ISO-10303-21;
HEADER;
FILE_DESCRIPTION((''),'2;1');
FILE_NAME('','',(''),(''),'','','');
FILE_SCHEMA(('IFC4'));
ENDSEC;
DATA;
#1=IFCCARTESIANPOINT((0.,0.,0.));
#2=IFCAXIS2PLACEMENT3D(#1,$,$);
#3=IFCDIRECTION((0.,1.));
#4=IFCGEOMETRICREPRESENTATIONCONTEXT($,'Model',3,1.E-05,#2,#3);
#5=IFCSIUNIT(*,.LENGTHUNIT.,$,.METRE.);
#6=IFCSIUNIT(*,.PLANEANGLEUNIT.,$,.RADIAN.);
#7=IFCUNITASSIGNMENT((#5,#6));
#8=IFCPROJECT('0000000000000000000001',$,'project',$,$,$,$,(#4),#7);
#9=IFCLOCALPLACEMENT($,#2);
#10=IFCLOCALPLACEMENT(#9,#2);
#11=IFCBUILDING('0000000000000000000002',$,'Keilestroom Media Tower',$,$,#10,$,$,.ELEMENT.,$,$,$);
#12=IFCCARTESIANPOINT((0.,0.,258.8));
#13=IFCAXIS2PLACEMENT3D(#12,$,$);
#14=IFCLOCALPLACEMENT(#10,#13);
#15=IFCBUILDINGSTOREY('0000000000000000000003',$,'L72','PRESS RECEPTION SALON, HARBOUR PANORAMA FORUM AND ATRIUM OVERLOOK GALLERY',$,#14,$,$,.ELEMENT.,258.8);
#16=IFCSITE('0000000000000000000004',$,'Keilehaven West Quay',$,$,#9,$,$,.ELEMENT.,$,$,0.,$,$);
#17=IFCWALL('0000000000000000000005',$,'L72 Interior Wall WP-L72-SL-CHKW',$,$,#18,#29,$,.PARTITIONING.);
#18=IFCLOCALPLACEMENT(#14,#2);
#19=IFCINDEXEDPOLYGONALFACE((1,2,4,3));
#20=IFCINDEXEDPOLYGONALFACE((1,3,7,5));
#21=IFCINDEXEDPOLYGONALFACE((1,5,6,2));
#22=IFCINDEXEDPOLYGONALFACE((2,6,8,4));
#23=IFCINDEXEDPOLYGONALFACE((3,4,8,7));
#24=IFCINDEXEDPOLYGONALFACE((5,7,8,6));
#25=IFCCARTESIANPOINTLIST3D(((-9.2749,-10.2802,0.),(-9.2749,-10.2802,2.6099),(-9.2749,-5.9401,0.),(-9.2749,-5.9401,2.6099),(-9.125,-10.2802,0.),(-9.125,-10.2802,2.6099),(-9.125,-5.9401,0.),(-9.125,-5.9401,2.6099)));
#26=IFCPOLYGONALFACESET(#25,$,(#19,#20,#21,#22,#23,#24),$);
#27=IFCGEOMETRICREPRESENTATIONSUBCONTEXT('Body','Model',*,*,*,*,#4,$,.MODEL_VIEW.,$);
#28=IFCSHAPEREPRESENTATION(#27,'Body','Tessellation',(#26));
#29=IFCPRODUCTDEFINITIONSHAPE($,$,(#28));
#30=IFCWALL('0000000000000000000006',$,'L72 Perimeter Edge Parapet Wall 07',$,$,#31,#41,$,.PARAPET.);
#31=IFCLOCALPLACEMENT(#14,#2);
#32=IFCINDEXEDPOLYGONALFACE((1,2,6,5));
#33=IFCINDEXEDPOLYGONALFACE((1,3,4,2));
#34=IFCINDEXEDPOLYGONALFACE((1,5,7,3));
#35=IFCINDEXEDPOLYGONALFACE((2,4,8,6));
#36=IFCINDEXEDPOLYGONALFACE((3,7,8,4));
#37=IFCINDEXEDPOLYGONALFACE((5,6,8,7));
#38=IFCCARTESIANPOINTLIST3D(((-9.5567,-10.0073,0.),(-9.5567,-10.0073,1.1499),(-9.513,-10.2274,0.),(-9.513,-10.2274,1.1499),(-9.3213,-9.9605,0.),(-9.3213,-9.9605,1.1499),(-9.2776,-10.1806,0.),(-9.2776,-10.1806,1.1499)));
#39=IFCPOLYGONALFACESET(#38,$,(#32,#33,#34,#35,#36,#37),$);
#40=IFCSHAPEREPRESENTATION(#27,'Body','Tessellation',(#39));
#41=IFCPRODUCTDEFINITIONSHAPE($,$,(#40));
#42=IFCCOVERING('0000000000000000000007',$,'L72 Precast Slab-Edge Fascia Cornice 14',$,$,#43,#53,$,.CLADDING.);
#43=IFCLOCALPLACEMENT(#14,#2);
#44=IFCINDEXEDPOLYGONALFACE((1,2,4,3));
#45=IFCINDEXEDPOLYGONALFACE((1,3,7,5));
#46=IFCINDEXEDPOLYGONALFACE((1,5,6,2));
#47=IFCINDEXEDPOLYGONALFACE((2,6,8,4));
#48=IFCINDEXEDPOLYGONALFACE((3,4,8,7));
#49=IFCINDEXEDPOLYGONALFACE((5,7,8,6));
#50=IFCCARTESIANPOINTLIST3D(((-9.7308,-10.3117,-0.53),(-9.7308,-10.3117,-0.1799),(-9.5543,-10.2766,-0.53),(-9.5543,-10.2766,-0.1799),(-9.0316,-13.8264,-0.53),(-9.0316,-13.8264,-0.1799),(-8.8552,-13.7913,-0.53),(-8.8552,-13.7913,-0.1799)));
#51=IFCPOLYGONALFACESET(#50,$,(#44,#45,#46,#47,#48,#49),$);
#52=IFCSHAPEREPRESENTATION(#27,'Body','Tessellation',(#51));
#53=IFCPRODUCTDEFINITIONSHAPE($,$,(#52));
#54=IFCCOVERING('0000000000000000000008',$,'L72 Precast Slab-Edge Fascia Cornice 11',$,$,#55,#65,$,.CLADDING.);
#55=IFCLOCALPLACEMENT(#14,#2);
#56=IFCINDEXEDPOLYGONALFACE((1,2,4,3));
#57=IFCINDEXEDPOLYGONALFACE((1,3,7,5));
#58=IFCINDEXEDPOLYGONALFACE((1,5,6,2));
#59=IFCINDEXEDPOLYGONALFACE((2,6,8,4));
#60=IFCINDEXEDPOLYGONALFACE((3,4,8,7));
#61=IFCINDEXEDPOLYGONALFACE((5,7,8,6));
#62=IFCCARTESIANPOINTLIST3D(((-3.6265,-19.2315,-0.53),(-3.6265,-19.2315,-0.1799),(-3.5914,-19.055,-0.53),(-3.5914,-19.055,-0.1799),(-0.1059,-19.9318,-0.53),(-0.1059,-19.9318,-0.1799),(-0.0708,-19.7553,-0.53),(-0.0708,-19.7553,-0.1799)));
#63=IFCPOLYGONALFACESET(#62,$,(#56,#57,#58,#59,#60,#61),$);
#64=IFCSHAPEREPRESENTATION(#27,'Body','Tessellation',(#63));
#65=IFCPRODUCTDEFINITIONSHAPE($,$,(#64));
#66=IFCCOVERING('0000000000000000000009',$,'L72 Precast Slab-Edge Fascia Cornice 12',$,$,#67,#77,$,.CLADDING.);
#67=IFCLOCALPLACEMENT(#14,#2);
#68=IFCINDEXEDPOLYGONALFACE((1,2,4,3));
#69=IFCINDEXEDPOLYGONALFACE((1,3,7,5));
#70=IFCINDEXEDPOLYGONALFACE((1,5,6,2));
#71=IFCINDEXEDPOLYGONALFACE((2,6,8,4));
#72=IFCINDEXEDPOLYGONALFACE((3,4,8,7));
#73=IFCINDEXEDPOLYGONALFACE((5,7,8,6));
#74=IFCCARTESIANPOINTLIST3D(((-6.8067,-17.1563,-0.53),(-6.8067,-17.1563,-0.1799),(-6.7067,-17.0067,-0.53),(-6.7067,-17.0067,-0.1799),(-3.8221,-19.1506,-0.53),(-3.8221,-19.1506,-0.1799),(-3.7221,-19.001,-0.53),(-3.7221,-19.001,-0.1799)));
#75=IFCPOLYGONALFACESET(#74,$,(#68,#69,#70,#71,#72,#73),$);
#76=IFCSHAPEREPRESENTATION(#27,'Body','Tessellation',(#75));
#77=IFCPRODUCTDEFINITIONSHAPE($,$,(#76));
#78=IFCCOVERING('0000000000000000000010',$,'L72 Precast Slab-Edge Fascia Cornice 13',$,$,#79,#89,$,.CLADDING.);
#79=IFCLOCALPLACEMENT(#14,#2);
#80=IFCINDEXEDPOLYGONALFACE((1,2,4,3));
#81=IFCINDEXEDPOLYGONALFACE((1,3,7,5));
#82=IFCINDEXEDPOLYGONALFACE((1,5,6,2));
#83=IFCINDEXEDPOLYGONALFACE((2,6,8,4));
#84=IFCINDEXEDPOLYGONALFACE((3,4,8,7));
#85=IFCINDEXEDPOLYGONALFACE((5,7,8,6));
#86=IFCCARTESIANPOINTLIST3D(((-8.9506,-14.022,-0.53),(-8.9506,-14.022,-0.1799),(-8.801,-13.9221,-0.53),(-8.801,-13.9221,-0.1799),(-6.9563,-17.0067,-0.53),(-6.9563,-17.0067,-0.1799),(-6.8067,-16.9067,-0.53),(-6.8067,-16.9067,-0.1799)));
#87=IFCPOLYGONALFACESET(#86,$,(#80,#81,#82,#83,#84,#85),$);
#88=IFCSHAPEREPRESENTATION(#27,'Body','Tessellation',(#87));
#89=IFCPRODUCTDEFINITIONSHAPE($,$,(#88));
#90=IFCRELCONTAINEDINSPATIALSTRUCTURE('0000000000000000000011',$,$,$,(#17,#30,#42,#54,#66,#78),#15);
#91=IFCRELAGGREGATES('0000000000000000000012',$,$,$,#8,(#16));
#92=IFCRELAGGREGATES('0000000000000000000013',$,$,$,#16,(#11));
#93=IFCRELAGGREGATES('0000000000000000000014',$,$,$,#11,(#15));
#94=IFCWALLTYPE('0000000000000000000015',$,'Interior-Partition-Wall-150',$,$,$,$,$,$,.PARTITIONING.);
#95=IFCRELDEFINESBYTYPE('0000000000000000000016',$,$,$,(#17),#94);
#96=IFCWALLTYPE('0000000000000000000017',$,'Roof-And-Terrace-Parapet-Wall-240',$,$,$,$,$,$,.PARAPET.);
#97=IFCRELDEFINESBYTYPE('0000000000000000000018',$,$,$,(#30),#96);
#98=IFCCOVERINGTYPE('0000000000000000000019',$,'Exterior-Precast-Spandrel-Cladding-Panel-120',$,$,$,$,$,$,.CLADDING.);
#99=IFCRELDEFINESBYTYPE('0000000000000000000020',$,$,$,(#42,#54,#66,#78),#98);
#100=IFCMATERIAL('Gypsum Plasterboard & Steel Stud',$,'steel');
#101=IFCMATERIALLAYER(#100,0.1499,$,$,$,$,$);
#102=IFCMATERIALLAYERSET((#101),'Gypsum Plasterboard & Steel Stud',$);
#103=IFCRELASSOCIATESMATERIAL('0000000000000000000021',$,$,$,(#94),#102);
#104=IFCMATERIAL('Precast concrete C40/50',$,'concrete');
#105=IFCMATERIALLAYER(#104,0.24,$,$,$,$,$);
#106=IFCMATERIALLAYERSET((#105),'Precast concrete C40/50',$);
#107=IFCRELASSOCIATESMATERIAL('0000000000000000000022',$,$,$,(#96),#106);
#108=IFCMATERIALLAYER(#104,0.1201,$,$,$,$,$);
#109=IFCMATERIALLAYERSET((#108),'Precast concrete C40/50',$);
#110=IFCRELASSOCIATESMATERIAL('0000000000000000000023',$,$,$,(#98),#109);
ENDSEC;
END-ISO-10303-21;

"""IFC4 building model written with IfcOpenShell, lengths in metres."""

from ifc_helpers import new_model, si_unit, direction, frame, frame_2d, origin, origin_2d, place, context, subcontext, project, spatial, rectangle, extrude, source, transform, mapped, material, layer, layer_set, type_object, element, save


model = new_model("IFC4")

# Units and contexts
model_context = context("Model", 3, precision=1e-05, world=origin(), true_north=direction((0.0, 1.0)))
body_context = subcontext(model_context, "Body", "Model", "MODEL_VIEW")
ifc_project = project(units=[si_unit("LENGTHUNIT", "METRE"), si_unit("PLANEANGLEUNIT", "RADIAN")], contexts=[model_context])

# Site, building, storey
site_placement = place(None, origin())
site = spatial("IfcSite", under=ifc_project, at=site_placement, Name="Keilehaven West Quay", CompositionType="ELEMENT", RefElevation=0.0)
building_placement = place(site_placement, origin())
building = spatial("IfcBuilding", under=site, at=building_placement, Name="Keilestroom Media Tower", CompositionType="ELEMENT")
storey_placement = place(building_placement, frame((0.0, 0.0, 258.8)))
storey = spatial("IfcBuildingStorey", under=building, at=storey_placement, Name="L72", Description="PRESS RECEPTION SALON, HARBOUR PANORAMA FORUM AND ATRIUM OVERLOOK GALLERY", CompositionType="ELEMENT", Elevation=258.8)

# Walls
ifc_material_1 = material(Name="Precast concrete C40/50", Category="concrete")
ifc_material_2 = material(Name="Gypsum Plasterboard & Steel Stud", Category="steel")
ifc_layer_1 = layer(ifc_material_2, 0.1499)
ifc_layer_set_1 = layer_set([ifc_layer_1], Name="Gypsum Plasterboard & Steel Stud")
wall_type_1 = type_object("IfcWallType", Name="Interior-Partition-Wall-150", PredefinedType="PARTITIONING", material=ifc_layer_set_1)
wall_1_placement = place(storey_placement, frame((-9.2, -10.28, 0.0), z_axis=(0.0, 0.0, 1.0), x_axis=(0.0, 1.0, 0.0)))
element("IfcWall", 1, at=wall_1_placement, inside=storey, type_object=wall_type_1, Name="L72 Interior Wall WP-L72-SL-CHKW", PredefinedType="PARTITIONING", context=body_context, shape_type="SweptSolid", body=[
    extrude(rectangle(XDim=4.3401, YDim=0.1499, at=frame_2d((2.1699, 0.0))), origin(), (0.0, 0.0, 1.0), 2.6099),
])
ifc_layer_2 = layer(ifc_material_1, 0.24)
ifc_layer_set_2 = layer_set([ifc_layer_2], Name="Precast concrete C40/50")
wall_type_2 = type_object("IfcWallType", Name="Roof-And-Terrace-Parapet-Wall-240", PredefinedType="PARAPET", material=ifc_layer_set_2)
wall_2_placement = place(storey_placement, frame((-9.3953, -10.2041, 0.0), z_axis=(0.0, 0.0, 1.0), x_axis=(-0.19486, 0.980831, 0.0)))
element("IfcWall", 2, at=wall_2_placement, inside=storey, type_object=wall_type_2, Name="L72 Perimeter Edge Parapet Wall 07", PredefinedType="PARAPET", context=body_context, shape_type="SweptSolid", body=[
    extrude(rectangle(XDim=0.2244, YDim=0.24, at=frame_2d((0.1123, 0.0))), origin(), (0.0, 0.0, 1.0), 1.1499),
])

# Coverings
ifc_layer_3 = layer(ifc_material_1, 0.1201)
ifc_layer_set_3 = layer_set([ifc_layer_3], Name="Precast concrete C40/50")
covering_type = type_object("IfcCoveringType", Name="Exterior-Precast-Spandrel-Cladding-Panel-120", PredefinedType="CLADDING", material=ifc_layer_set_3)
shared_shape_1 = source(origin(), body_context, "Body", "SweptSolid", [
    extrude(rectangle(XDim=3.5835, YDim=0.1799, at=origin_2d()), origin(), (0.0, 0.0, 1.0), 0.3501),
])
covering_placement = place(storey_placement, frame((-9.293, -12.0515, -0.53), z_axis=(0.0, 0.0, 1.0), x_axis=(-0.195099, 0.980784, 0.0)))
element("IfcCovering", 3, at=covering_placement, inside=storey, type_object=covering_type, Name="L72 Precast Slab-Edge Fascia Cornice 14", PredefinedType="CLADDING", context=body_context, shape_type="MappedRepresentation", body=[
    mapped(shared_shape_1, transform((0.0, 0.0, 0.0), x_axis=(1.0, 0.0, 0.0), y_axis=(0.0, 1.0, 0.0), z_axis=(0.0, 0.0, 1.0), scale=1.0)),
])
shared_shape_2 = source(origin(), body_context, "Body", "SweptSolid", [
    extrude(rectangle(XDim=3.5896, YDim=0.1799, at=origin_2d()), origin(), (0.0, 0.0, 1.0), 0.3501),
])
for number, where, z_axis, x_axis, name in (
    (4, (-1.8486, -19.4934, -0.53), (0.0, 0.0, 1.0), (-0.980784, 0.195099, 0.0), "L72 Precast Slab-Edge Fascia Cornice 11"),
    (5, (-5.2644, -18.0786, -0.53), (0.0, 0.0, 1.0), (-0.831467, 0.555575, 0.0), "L72 Precast Slab-Edge Fascia Cornice 12"),
    (6, (-7.8787, -15.4644, -0.53), (0.0, 0.0, 1.0), (-0.555575, 0.831467, 0.0), "L72 Precast Slab-Edge Fascia Cornice 13"),
):
    element("IfcCovering", number, at=place(storey_placement, frame(where, z_axis=z_axis, x_axis=x_axis)), inside=storey, type_object=covering_type, Name=name, PredefinedType="CLADDING", context=body_context, shape_type="MappedRepresentation", body=[
        mapped(shared_shape_2, transform((0.0, 0.0, 0.0), x_axis=(1.0, 0.0, 0.0), y_axis=(0.0, 1.0, 0.0), z_axis=(0.0, 0.0, 1.0), scale=1.0)),
    ])

save(model, "model.ifc")
